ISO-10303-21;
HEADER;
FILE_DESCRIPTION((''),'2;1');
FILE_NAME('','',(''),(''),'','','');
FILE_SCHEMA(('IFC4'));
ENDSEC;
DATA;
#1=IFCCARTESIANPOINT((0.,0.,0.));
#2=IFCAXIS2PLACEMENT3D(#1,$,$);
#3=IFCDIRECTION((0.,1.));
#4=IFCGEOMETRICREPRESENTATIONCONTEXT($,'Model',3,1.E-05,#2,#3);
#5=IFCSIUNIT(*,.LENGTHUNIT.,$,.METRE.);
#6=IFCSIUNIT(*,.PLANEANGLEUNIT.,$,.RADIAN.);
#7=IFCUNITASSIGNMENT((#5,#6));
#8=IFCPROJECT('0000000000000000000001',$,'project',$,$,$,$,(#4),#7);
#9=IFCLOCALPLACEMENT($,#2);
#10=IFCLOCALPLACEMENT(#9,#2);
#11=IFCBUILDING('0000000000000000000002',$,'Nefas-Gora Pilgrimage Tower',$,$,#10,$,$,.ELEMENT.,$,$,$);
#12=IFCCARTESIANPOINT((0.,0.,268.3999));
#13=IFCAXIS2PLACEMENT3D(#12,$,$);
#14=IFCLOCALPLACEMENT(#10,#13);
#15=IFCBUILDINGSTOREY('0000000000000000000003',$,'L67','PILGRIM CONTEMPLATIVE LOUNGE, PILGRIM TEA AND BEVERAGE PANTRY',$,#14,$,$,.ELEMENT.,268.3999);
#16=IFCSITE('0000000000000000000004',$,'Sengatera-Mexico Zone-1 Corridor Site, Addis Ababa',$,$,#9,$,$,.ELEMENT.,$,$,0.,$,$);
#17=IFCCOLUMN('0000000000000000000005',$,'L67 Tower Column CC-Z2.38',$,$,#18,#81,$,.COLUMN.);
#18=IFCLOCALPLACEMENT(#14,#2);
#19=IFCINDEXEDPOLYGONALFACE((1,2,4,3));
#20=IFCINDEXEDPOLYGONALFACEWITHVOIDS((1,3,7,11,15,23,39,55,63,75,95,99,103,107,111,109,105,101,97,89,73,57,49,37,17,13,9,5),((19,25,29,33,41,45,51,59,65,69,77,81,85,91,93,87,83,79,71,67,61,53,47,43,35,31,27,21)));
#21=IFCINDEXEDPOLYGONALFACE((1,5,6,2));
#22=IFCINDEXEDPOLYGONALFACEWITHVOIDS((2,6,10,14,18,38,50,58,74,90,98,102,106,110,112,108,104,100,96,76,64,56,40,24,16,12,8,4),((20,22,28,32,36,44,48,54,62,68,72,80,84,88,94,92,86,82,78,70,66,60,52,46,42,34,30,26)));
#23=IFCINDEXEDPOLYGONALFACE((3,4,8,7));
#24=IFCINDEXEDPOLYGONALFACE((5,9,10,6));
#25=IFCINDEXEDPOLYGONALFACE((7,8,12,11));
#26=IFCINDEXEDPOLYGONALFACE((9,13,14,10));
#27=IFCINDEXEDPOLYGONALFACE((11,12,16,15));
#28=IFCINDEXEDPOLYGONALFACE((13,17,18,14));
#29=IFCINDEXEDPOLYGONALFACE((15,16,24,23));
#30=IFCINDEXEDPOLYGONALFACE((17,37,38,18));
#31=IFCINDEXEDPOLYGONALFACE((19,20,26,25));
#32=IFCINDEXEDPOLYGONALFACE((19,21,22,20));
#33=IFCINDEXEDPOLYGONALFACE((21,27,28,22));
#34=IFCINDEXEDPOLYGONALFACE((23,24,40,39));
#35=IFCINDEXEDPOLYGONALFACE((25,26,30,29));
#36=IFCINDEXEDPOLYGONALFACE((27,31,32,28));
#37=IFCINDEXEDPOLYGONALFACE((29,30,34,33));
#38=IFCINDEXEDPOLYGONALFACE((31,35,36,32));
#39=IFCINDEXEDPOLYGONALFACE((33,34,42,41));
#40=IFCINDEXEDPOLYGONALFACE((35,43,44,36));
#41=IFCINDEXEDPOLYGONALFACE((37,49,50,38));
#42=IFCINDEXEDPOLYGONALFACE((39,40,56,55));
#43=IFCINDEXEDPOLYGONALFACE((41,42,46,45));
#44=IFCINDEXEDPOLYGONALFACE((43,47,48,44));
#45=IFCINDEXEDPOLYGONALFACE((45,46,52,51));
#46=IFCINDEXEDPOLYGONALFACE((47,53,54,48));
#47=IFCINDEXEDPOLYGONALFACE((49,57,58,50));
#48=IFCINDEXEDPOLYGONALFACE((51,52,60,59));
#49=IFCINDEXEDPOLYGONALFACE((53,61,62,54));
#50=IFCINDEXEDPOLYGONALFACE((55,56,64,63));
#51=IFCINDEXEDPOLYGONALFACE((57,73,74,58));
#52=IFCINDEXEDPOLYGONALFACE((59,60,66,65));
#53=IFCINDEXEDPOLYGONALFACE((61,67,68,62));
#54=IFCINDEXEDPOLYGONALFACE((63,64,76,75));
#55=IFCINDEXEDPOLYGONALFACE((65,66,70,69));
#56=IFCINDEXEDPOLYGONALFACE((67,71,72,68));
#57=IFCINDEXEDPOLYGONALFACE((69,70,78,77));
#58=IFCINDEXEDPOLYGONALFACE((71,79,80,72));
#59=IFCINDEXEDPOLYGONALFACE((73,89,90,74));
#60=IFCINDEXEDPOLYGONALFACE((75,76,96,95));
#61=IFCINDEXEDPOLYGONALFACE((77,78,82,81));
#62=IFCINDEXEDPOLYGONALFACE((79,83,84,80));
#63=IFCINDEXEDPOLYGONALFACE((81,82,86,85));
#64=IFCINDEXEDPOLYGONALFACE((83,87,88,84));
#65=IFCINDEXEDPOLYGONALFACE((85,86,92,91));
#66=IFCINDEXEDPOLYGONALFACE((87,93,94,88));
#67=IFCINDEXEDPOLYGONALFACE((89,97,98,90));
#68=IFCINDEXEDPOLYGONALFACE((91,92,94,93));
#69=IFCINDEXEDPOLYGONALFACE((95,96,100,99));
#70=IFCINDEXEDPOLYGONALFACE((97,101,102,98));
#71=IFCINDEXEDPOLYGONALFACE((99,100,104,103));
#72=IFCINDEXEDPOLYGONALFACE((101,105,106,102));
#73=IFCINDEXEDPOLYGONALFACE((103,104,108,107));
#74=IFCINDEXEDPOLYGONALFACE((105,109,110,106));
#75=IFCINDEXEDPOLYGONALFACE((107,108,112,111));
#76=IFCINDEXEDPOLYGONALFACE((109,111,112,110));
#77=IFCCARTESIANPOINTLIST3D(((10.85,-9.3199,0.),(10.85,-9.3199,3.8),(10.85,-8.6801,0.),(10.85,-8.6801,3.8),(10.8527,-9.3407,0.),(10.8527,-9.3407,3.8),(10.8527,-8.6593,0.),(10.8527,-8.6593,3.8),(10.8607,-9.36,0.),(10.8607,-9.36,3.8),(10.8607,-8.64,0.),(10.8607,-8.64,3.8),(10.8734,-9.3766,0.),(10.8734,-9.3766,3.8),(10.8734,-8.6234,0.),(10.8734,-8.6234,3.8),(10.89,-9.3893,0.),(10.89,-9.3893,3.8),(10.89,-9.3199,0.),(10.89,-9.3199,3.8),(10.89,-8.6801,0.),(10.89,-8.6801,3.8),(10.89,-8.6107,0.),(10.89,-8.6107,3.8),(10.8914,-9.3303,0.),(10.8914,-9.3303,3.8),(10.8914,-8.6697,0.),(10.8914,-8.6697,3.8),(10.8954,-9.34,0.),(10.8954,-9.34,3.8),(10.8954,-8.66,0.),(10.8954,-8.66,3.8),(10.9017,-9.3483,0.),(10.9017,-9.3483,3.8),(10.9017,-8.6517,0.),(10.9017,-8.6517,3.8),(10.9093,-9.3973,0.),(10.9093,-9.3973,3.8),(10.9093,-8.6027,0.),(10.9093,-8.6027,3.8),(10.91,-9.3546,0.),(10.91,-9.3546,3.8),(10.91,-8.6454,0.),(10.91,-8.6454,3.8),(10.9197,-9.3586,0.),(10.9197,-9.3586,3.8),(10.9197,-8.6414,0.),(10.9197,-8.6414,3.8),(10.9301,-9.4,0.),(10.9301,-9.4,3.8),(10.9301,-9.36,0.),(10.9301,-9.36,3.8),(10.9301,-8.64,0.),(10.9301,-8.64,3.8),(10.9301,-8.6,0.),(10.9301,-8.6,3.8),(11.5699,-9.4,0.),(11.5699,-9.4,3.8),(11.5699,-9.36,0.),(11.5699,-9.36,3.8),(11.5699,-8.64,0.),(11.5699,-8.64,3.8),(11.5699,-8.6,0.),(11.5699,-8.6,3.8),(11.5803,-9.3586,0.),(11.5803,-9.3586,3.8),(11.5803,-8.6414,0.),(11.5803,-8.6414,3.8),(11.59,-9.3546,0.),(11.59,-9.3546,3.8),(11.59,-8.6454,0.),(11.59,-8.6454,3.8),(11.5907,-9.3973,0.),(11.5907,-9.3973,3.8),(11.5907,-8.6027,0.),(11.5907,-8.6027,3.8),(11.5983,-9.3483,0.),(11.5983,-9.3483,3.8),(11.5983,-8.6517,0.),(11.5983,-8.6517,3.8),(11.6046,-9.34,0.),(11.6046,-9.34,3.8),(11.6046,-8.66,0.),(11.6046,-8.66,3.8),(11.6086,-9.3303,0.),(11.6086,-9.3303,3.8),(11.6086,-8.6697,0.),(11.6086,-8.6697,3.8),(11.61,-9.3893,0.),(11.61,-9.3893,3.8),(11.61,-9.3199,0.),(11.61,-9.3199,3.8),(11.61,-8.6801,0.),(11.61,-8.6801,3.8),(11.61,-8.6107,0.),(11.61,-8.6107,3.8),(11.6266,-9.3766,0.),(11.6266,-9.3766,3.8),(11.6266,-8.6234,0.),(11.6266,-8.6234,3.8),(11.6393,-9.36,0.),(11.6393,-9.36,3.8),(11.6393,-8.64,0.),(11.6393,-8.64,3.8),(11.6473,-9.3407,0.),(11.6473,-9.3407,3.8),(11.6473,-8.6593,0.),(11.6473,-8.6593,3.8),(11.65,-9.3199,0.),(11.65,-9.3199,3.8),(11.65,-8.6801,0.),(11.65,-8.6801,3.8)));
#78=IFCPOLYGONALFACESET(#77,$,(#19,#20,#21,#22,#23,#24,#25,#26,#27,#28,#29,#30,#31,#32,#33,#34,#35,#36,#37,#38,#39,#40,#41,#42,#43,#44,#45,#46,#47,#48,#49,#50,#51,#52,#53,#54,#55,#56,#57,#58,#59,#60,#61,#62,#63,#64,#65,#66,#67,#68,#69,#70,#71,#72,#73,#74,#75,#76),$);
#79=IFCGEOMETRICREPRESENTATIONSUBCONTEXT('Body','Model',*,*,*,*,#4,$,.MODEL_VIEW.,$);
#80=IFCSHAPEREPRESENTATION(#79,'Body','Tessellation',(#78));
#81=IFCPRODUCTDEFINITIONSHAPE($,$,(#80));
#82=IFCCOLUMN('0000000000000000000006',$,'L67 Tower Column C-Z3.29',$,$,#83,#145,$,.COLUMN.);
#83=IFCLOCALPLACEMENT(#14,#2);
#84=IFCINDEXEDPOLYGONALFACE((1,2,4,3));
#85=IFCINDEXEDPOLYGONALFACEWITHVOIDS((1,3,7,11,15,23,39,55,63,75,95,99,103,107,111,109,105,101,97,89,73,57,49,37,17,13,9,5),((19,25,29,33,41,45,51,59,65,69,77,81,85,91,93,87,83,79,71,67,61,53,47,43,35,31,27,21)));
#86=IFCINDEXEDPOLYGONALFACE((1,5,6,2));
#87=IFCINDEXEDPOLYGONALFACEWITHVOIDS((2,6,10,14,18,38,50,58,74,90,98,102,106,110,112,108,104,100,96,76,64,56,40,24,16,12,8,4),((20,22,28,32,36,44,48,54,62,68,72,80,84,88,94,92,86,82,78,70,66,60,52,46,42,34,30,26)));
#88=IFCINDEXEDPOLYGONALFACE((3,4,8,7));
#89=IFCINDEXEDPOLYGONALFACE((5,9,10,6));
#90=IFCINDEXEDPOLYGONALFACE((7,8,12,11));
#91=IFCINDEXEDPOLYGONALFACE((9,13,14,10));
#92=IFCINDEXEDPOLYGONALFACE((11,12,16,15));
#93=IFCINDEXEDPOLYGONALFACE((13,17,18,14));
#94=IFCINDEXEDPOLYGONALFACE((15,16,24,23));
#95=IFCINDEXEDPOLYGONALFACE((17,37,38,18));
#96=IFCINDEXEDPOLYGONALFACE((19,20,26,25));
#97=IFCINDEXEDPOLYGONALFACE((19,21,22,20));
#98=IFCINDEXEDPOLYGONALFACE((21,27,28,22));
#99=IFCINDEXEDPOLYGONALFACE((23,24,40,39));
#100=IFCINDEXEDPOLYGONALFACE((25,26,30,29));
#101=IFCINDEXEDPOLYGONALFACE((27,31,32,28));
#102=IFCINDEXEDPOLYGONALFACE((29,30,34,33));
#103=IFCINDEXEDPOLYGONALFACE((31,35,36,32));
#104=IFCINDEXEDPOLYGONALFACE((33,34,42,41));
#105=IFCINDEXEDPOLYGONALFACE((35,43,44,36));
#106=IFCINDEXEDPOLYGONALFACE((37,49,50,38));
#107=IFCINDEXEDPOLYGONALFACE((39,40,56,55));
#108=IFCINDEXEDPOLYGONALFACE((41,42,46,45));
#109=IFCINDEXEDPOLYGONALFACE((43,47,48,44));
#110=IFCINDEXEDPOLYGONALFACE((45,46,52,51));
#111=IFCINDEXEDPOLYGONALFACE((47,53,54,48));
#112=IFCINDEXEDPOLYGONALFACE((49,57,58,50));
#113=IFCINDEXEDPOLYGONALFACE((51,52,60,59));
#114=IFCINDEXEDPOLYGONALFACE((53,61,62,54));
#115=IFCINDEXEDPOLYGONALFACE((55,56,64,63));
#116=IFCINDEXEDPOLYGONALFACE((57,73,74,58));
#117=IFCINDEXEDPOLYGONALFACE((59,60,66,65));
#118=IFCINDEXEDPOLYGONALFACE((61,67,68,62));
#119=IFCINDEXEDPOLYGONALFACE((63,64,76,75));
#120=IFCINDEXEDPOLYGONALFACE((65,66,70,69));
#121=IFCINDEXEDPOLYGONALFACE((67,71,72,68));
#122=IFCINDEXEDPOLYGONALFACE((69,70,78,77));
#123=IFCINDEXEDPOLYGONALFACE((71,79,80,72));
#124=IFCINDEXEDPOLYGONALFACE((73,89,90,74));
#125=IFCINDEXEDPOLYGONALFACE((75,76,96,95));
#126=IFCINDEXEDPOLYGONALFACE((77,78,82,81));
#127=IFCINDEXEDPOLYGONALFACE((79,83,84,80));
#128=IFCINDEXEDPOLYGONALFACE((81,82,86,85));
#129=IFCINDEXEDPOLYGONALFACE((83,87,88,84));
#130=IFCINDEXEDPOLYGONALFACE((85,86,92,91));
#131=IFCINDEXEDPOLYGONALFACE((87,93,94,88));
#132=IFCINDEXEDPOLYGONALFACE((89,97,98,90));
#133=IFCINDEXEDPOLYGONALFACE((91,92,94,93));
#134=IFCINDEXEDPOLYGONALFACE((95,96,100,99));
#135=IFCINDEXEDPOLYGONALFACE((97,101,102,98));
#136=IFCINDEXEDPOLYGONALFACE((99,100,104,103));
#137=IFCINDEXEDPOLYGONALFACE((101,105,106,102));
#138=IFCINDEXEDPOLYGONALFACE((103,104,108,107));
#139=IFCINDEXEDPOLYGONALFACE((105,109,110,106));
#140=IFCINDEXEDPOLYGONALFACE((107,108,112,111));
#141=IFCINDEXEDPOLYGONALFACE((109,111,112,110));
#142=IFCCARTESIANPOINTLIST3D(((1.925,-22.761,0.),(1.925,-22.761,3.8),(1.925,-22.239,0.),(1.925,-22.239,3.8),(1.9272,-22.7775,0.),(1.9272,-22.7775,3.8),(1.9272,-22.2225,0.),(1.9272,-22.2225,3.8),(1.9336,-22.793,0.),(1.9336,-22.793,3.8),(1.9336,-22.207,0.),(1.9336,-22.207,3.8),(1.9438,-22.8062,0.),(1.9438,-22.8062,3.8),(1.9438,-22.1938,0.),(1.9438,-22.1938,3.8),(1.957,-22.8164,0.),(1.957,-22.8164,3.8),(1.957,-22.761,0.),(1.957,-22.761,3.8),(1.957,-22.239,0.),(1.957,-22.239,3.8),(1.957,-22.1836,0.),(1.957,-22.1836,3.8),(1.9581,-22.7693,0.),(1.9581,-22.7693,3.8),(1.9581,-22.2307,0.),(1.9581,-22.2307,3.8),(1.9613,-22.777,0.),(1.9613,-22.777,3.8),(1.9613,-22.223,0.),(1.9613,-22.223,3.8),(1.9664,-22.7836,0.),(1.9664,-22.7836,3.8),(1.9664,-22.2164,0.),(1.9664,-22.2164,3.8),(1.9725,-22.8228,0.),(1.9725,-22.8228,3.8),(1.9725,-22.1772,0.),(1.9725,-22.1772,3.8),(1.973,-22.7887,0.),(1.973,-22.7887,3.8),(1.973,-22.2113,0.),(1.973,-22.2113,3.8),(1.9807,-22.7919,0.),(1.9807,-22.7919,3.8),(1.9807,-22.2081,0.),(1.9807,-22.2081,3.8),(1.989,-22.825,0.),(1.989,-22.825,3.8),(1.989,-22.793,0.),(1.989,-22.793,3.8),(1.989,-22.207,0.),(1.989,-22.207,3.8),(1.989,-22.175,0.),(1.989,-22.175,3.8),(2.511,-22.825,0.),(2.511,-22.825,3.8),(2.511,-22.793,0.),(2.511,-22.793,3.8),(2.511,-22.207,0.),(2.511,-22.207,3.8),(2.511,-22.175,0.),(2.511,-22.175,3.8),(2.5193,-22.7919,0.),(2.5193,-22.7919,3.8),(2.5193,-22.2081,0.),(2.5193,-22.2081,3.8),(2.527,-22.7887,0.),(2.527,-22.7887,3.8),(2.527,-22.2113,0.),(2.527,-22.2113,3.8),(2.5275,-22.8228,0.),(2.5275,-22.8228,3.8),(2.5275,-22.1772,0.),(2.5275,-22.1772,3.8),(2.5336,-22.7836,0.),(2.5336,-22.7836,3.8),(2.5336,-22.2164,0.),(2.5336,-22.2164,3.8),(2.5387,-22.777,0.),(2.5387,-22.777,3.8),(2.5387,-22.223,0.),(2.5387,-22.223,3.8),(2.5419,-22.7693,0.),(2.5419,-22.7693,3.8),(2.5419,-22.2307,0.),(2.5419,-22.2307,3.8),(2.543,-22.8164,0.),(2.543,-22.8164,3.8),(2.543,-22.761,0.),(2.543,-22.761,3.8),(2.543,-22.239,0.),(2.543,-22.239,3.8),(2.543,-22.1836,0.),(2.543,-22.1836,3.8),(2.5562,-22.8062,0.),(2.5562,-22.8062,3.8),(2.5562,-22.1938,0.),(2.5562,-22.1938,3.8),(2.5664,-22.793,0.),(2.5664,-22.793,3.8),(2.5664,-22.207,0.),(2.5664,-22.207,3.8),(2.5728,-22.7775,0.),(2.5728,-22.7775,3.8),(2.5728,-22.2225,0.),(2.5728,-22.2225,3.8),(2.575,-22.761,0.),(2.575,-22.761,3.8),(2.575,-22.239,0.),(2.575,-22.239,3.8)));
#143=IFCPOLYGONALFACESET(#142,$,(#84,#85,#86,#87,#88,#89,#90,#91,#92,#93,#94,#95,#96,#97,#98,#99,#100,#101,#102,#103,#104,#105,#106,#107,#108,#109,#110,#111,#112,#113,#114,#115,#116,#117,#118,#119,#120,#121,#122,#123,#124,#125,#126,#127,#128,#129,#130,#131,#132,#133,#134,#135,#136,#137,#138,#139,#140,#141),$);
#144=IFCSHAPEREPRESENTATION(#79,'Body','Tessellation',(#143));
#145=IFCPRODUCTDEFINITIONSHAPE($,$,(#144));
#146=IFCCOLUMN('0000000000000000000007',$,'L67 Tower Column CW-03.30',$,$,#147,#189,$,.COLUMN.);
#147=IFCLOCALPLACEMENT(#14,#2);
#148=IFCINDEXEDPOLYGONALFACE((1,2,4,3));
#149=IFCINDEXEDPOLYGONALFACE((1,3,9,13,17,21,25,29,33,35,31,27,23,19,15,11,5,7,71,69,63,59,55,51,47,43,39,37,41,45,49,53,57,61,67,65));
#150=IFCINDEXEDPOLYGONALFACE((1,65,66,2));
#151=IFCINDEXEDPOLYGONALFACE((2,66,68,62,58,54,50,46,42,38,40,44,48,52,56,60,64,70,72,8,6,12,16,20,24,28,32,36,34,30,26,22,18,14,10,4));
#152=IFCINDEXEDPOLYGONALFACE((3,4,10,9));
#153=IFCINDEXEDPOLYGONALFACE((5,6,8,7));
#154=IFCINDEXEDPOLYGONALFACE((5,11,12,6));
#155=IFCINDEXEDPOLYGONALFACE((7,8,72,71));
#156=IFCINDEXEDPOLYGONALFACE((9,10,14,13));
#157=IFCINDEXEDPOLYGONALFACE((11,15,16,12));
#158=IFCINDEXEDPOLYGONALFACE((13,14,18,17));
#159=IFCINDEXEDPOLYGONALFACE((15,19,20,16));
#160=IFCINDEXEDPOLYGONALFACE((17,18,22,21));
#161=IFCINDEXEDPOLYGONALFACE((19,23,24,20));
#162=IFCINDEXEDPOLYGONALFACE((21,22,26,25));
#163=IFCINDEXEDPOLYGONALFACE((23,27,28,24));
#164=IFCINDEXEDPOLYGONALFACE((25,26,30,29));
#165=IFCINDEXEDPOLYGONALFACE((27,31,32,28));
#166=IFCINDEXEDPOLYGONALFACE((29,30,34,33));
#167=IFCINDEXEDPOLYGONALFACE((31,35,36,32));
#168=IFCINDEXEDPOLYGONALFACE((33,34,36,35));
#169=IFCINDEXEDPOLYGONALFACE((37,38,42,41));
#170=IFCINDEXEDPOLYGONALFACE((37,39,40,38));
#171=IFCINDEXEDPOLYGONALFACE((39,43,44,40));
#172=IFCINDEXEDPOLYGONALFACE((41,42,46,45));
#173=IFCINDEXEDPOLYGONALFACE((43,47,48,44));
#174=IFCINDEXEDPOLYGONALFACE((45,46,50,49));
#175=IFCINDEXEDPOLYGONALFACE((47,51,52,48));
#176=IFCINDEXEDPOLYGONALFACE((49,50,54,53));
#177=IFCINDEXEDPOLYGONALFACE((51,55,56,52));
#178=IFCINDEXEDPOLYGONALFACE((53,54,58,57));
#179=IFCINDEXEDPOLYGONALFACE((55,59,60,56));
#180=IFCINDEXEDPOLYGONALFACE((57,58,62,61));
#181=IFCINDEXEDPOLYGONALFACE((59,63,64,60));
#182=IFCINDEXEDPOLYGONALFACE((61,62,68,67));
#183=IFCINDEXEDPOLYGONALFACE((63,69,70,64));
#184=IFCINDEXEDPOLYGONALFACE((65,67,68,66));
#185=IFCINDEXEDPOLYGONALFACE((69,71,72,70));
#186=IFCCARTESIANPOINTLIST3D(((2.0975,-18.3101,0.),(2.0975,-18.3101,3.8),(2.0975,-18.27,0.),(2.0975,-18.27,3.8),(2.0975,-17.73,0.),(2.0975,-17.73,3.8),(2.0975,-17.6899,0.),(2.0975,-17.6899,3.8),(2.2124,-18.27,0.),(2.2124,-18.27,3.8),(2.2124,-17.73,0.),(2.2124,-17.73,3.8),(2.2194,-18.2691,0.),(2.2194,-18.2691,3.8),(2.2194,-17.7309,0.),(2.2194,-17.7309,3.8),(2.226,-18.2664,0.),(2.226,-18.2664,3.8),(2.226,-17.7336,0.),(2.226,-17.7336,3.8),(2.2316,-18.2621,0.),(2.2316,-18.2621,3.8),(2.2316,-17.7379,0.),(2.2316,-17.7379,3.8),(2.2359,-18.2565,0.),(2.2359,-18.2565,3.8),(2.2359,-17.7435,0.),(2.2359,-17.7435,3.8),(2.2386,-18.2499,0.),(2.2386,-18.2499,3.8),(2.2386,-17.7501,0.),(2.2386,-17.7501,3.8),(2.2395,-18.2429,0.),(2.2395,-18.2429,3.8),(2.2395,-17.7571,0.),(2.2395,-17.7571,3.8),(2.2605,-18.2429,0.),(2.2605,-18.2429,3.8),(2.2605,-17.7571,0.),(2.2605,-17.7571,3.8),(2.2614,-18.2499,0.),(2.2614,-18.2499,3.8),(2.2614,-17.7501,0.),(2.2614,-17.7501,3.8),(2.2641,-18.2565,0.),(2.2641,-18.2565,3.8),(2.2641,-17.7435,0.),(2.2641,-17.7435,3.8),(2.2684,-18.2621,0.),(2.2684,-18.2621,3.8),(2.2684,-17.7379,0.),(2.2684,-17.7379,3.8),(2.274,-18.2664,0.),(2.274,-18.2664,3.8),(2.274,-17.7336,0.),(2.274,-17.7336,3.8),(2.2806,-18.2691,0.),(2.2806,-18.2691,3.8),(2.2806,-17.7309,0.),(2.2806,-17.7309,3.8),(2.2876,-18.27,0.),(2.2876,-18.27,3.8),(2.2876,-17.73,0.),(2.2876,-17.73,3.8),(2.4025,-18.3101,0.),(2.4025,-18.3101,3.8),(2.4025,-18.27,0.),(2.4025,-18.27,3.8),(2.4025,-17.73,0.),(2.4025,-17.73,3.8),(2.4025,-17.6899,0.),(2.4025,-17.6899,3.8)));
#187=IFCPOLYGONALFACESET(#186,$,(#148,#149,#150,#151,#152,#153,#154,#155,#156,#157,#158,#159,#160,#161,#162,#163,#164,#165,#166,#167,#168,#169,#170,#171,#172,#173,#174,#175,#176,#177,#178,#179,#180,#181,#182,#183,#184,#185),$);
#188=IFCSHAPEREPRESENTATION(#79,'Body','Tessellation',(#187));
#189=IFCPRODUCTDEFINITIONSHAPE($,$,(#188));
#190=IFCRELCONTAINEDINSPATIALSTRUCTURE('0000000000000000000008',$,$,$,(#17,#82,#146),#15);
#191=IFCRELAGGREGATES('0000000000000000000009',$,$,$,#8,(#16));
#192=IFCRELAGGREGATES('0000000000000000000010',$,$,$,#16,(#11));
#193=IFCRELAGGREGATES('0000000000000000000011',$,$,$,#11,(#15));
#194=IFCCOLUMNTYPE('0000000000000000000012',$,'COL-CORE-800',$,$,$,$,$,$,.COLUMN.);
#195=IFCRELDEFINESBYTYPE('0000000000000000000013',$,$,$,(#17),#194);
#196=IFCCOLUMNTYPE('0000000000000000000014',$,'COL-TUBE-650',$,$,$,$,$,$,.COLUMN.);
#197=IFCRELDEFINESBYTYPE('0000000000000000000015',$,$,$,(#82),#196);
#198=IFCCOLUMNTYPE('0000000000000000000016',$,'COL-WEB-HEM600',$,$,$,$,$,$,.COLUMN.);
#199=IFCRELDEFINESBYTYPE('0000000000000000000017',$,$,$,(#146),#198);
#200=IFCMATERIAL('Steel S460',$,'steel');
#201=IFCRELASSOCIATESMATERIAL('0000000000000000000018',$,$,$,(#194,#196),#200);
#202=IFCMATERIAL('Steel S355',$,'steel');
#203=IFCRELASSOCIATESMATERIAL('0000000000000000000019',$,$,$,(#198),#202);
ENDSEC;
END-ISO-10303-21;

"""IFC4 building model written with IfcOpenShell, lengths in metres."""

from ifc_helpers import new_model, si_unit, direction, frame, origin, origin_2d, place, context, subcontext, project, spatial, hollow_rectangle, i_section, extrude, source, transform, mapped, material, material_profile, profile_set, type_object, element, save


model = new_model("IFC4")

# Units and contexts
model_context = context("Model", 3, precision=1e-05, world=origin(), true_north=direction((0.0, 1.0)))
body_context = subcontext(model_context, "Body", "Model", "MODEL_VIEW")
ifc_project = project(units=[si_unit("LENGTHUNIT", "METRE"), si_unit("PLANEANGLEUNIT", "RADIAN")], contexts=[model_context])

# Site, building, storey
site_placement = place(None, origin())
site = spatial("IfcSite", under=ifc_project, at=site_placement, Name="Sengatera-Mexico Zone-1 Corridor Site, Addis Ababa", CompositionType="ELEMENT", RefElevation=0.0)
building_placement = place(site_placement, origin())
building = spatial("IfcBuilding", under=site, at=building_placement, Name="Nefas-Gora Pilgrimage Tower", CompositionType="ELEMENT")
storey_placement = place(building_placement, frame((0.0, 0.0, 268.3999)))
storey = spatial("IfcBuildingStorey", under=building, at=storey_placement, Name="L67", Description="PILGRIM CONTEMPLATIVE LOUNGE, PILGRIM TEA AND BEVERAGE PANTRY", CompositionType="ELEMENT", Elevation=268.3999)

# Columns
ifc_material_1 = material(Name="Steel S460", Category="steel")
ifc_material_profile_1 = material_profile(ifc_material_1, hollow_rectangle(XDim=0.8, YDim=0.8, WallThickness=0.04, InnerFilletRadius=0.04, OuterFilletRadius=0.0801, at=origin_2d()), Name="BOX 800x800x40")
ifc_profile_set_1 = profile_set([ifc_material_profile_1], Name="Steel S460")
column_type_1 = type_object("IfcColumnType", Name="COL-CORE-800", PredefinedType="COLUMN", material=ifc_profile_set_1)
shared_shape_1 = source(origin(), body_context, "Body", "SweptSolid", [
    extrude(hollow_rectangle(XDim=0.8, YDim=0.8, WallThickness=0.04, InnerFilletRadius=0.04, OuterFilletRadius=0.0801, at=origin_2d()), origin(), (0.0, 0.0, 1.0), 3.8),
])
column_1_placement = place(storey_placement, frame((11.25, -9.0, 0.0), z_axis=(0.0, 0.0, 1.0), x_axis=(1.0, 0.0, 0.0)))
element("IfcColumn", 1, at=column_1_placement, inside=storey, type_object=column_type_1, Name="L67 Tower Column CC-Z2.38", PredefinedType="COLUMN", context=body_context, shape_type="MappedRepresentation", body=[
    mapped(shared_shape_1, transform((0.0, 0.0, 0.0), x_axis=(1.0, 0.0, 0.0), y_axis=(0.0, 1.0, 0.0), z_axis=(0.0, 0.0, 1.0), scale=1.0)),
])
ifc_material_profile_2 = material_profile(ifc_material_1, hollow_rectangle(XDim=0.6499, YDim=0.6499, WallThickness=0.032, InnerFilletRadius=0.032, OuterFilletRadius=0.064, at=origin_2d()), Name="BOX 650x650x32")
ifc_profile_set_2 = profile_set([ifc_material_profile_2], Name="Steel S460")
column_type_2 = type_object("IfcColumnType", Name="COL-TUBE-650", PredefinedType="COLUMN", material=ifc_profile_set_2)
shared_shape_2 = source(origin(), body_context, "Body", "SweptSolid", [
    extrude(hollow_rectangle(XDim=0.6499, YDim=0.6499, WallThickness=0.032, InnerFilletRadius=0.032, OuterFilletRadius=0.064, at=origin_2d()), origin(), (0.0, 0.0, 1.0), 3.8),
])
column_2_placement = place(storey_placement, frame((2.25, -22.5, 0.0), z_axis=(0.0, 0.0, 1.0), x_axis=(1.0, 0.0, 0.0)))
element("IfcColumn", 2, at=column_2_placement, inside=storey, type_object=column_type_2, Name="L67 Tower Column C-Z3.29", PredefinedType="COLUMN", context=body_context, shape_type="MappedRepresentation", body=[
    mapped(shared_shape_2, transform((0.0, 0.0, 0.0), x_axis=(1.0, 0.0, 0.0), y_axis=(0.0, 1.0, 0.0), z_axis=(0.0, 0.0, 1.0), scale=1.0)),
])
ifc_material_2 = material(Name="Steel S355", Category="steel")
ifc_material_profile_3 = material_profile(ifc_material_2, i_section(OverallWidth=0.3049, OverallDepth=0.6201, WebThickness=0.021, FlangeThickness=0.04, FilletRadius=0.0271, at=origin_2d()), Name="HEM 600")
ifc_profile_set_3 = profile_set([ifc_material_profile_3], Name="Steel S355")
column_type_3 = type_object("IfcColumnType", Name="COL-WEB-HEM600", PredefinedType="COLUMN", material=ifc_profile_set_3)
shared_shape_3 = source(origin(), body_context, "Body", "SweptSolid", [
    extrude(i_section(OverallWidth=0.3049, OverallDepth=0.6201, WebThickness=0.021, FlangeThickness=0.04, FilletRadius=0.0271, at=origin_2d()), origin(), (0.0, 0.0, 1.0), 3.8),
])
for number, where, z_axis, x_axis, name in (
    (3, (2.25, -18.0, 0.0), (0.0, 0.0, 1.0), (1.0, 0.0, 0.0), "L67 Tower Column CW-03.30"),
):
    element("IfcColumn", number, at=place(storey_placement, frame(where, z_axis=z_axis, x_axis=x_axis)), inside=storey, type_object=column_type_3, Name=name, PredefinedType="COLUMN", context=body_context, shape_type="MappedRepresentation", body=[
        mapped(shared_shape_3, transform((0.0, 0.0, 0.0), x_axis=(1.0, 0.0, 0.0), y_axis=(0.0, 1.0, 0.0), z_axis=(0.0, 0.0, 1.0), scale=1.0)),
    ])

save(model, "model.ifc")
